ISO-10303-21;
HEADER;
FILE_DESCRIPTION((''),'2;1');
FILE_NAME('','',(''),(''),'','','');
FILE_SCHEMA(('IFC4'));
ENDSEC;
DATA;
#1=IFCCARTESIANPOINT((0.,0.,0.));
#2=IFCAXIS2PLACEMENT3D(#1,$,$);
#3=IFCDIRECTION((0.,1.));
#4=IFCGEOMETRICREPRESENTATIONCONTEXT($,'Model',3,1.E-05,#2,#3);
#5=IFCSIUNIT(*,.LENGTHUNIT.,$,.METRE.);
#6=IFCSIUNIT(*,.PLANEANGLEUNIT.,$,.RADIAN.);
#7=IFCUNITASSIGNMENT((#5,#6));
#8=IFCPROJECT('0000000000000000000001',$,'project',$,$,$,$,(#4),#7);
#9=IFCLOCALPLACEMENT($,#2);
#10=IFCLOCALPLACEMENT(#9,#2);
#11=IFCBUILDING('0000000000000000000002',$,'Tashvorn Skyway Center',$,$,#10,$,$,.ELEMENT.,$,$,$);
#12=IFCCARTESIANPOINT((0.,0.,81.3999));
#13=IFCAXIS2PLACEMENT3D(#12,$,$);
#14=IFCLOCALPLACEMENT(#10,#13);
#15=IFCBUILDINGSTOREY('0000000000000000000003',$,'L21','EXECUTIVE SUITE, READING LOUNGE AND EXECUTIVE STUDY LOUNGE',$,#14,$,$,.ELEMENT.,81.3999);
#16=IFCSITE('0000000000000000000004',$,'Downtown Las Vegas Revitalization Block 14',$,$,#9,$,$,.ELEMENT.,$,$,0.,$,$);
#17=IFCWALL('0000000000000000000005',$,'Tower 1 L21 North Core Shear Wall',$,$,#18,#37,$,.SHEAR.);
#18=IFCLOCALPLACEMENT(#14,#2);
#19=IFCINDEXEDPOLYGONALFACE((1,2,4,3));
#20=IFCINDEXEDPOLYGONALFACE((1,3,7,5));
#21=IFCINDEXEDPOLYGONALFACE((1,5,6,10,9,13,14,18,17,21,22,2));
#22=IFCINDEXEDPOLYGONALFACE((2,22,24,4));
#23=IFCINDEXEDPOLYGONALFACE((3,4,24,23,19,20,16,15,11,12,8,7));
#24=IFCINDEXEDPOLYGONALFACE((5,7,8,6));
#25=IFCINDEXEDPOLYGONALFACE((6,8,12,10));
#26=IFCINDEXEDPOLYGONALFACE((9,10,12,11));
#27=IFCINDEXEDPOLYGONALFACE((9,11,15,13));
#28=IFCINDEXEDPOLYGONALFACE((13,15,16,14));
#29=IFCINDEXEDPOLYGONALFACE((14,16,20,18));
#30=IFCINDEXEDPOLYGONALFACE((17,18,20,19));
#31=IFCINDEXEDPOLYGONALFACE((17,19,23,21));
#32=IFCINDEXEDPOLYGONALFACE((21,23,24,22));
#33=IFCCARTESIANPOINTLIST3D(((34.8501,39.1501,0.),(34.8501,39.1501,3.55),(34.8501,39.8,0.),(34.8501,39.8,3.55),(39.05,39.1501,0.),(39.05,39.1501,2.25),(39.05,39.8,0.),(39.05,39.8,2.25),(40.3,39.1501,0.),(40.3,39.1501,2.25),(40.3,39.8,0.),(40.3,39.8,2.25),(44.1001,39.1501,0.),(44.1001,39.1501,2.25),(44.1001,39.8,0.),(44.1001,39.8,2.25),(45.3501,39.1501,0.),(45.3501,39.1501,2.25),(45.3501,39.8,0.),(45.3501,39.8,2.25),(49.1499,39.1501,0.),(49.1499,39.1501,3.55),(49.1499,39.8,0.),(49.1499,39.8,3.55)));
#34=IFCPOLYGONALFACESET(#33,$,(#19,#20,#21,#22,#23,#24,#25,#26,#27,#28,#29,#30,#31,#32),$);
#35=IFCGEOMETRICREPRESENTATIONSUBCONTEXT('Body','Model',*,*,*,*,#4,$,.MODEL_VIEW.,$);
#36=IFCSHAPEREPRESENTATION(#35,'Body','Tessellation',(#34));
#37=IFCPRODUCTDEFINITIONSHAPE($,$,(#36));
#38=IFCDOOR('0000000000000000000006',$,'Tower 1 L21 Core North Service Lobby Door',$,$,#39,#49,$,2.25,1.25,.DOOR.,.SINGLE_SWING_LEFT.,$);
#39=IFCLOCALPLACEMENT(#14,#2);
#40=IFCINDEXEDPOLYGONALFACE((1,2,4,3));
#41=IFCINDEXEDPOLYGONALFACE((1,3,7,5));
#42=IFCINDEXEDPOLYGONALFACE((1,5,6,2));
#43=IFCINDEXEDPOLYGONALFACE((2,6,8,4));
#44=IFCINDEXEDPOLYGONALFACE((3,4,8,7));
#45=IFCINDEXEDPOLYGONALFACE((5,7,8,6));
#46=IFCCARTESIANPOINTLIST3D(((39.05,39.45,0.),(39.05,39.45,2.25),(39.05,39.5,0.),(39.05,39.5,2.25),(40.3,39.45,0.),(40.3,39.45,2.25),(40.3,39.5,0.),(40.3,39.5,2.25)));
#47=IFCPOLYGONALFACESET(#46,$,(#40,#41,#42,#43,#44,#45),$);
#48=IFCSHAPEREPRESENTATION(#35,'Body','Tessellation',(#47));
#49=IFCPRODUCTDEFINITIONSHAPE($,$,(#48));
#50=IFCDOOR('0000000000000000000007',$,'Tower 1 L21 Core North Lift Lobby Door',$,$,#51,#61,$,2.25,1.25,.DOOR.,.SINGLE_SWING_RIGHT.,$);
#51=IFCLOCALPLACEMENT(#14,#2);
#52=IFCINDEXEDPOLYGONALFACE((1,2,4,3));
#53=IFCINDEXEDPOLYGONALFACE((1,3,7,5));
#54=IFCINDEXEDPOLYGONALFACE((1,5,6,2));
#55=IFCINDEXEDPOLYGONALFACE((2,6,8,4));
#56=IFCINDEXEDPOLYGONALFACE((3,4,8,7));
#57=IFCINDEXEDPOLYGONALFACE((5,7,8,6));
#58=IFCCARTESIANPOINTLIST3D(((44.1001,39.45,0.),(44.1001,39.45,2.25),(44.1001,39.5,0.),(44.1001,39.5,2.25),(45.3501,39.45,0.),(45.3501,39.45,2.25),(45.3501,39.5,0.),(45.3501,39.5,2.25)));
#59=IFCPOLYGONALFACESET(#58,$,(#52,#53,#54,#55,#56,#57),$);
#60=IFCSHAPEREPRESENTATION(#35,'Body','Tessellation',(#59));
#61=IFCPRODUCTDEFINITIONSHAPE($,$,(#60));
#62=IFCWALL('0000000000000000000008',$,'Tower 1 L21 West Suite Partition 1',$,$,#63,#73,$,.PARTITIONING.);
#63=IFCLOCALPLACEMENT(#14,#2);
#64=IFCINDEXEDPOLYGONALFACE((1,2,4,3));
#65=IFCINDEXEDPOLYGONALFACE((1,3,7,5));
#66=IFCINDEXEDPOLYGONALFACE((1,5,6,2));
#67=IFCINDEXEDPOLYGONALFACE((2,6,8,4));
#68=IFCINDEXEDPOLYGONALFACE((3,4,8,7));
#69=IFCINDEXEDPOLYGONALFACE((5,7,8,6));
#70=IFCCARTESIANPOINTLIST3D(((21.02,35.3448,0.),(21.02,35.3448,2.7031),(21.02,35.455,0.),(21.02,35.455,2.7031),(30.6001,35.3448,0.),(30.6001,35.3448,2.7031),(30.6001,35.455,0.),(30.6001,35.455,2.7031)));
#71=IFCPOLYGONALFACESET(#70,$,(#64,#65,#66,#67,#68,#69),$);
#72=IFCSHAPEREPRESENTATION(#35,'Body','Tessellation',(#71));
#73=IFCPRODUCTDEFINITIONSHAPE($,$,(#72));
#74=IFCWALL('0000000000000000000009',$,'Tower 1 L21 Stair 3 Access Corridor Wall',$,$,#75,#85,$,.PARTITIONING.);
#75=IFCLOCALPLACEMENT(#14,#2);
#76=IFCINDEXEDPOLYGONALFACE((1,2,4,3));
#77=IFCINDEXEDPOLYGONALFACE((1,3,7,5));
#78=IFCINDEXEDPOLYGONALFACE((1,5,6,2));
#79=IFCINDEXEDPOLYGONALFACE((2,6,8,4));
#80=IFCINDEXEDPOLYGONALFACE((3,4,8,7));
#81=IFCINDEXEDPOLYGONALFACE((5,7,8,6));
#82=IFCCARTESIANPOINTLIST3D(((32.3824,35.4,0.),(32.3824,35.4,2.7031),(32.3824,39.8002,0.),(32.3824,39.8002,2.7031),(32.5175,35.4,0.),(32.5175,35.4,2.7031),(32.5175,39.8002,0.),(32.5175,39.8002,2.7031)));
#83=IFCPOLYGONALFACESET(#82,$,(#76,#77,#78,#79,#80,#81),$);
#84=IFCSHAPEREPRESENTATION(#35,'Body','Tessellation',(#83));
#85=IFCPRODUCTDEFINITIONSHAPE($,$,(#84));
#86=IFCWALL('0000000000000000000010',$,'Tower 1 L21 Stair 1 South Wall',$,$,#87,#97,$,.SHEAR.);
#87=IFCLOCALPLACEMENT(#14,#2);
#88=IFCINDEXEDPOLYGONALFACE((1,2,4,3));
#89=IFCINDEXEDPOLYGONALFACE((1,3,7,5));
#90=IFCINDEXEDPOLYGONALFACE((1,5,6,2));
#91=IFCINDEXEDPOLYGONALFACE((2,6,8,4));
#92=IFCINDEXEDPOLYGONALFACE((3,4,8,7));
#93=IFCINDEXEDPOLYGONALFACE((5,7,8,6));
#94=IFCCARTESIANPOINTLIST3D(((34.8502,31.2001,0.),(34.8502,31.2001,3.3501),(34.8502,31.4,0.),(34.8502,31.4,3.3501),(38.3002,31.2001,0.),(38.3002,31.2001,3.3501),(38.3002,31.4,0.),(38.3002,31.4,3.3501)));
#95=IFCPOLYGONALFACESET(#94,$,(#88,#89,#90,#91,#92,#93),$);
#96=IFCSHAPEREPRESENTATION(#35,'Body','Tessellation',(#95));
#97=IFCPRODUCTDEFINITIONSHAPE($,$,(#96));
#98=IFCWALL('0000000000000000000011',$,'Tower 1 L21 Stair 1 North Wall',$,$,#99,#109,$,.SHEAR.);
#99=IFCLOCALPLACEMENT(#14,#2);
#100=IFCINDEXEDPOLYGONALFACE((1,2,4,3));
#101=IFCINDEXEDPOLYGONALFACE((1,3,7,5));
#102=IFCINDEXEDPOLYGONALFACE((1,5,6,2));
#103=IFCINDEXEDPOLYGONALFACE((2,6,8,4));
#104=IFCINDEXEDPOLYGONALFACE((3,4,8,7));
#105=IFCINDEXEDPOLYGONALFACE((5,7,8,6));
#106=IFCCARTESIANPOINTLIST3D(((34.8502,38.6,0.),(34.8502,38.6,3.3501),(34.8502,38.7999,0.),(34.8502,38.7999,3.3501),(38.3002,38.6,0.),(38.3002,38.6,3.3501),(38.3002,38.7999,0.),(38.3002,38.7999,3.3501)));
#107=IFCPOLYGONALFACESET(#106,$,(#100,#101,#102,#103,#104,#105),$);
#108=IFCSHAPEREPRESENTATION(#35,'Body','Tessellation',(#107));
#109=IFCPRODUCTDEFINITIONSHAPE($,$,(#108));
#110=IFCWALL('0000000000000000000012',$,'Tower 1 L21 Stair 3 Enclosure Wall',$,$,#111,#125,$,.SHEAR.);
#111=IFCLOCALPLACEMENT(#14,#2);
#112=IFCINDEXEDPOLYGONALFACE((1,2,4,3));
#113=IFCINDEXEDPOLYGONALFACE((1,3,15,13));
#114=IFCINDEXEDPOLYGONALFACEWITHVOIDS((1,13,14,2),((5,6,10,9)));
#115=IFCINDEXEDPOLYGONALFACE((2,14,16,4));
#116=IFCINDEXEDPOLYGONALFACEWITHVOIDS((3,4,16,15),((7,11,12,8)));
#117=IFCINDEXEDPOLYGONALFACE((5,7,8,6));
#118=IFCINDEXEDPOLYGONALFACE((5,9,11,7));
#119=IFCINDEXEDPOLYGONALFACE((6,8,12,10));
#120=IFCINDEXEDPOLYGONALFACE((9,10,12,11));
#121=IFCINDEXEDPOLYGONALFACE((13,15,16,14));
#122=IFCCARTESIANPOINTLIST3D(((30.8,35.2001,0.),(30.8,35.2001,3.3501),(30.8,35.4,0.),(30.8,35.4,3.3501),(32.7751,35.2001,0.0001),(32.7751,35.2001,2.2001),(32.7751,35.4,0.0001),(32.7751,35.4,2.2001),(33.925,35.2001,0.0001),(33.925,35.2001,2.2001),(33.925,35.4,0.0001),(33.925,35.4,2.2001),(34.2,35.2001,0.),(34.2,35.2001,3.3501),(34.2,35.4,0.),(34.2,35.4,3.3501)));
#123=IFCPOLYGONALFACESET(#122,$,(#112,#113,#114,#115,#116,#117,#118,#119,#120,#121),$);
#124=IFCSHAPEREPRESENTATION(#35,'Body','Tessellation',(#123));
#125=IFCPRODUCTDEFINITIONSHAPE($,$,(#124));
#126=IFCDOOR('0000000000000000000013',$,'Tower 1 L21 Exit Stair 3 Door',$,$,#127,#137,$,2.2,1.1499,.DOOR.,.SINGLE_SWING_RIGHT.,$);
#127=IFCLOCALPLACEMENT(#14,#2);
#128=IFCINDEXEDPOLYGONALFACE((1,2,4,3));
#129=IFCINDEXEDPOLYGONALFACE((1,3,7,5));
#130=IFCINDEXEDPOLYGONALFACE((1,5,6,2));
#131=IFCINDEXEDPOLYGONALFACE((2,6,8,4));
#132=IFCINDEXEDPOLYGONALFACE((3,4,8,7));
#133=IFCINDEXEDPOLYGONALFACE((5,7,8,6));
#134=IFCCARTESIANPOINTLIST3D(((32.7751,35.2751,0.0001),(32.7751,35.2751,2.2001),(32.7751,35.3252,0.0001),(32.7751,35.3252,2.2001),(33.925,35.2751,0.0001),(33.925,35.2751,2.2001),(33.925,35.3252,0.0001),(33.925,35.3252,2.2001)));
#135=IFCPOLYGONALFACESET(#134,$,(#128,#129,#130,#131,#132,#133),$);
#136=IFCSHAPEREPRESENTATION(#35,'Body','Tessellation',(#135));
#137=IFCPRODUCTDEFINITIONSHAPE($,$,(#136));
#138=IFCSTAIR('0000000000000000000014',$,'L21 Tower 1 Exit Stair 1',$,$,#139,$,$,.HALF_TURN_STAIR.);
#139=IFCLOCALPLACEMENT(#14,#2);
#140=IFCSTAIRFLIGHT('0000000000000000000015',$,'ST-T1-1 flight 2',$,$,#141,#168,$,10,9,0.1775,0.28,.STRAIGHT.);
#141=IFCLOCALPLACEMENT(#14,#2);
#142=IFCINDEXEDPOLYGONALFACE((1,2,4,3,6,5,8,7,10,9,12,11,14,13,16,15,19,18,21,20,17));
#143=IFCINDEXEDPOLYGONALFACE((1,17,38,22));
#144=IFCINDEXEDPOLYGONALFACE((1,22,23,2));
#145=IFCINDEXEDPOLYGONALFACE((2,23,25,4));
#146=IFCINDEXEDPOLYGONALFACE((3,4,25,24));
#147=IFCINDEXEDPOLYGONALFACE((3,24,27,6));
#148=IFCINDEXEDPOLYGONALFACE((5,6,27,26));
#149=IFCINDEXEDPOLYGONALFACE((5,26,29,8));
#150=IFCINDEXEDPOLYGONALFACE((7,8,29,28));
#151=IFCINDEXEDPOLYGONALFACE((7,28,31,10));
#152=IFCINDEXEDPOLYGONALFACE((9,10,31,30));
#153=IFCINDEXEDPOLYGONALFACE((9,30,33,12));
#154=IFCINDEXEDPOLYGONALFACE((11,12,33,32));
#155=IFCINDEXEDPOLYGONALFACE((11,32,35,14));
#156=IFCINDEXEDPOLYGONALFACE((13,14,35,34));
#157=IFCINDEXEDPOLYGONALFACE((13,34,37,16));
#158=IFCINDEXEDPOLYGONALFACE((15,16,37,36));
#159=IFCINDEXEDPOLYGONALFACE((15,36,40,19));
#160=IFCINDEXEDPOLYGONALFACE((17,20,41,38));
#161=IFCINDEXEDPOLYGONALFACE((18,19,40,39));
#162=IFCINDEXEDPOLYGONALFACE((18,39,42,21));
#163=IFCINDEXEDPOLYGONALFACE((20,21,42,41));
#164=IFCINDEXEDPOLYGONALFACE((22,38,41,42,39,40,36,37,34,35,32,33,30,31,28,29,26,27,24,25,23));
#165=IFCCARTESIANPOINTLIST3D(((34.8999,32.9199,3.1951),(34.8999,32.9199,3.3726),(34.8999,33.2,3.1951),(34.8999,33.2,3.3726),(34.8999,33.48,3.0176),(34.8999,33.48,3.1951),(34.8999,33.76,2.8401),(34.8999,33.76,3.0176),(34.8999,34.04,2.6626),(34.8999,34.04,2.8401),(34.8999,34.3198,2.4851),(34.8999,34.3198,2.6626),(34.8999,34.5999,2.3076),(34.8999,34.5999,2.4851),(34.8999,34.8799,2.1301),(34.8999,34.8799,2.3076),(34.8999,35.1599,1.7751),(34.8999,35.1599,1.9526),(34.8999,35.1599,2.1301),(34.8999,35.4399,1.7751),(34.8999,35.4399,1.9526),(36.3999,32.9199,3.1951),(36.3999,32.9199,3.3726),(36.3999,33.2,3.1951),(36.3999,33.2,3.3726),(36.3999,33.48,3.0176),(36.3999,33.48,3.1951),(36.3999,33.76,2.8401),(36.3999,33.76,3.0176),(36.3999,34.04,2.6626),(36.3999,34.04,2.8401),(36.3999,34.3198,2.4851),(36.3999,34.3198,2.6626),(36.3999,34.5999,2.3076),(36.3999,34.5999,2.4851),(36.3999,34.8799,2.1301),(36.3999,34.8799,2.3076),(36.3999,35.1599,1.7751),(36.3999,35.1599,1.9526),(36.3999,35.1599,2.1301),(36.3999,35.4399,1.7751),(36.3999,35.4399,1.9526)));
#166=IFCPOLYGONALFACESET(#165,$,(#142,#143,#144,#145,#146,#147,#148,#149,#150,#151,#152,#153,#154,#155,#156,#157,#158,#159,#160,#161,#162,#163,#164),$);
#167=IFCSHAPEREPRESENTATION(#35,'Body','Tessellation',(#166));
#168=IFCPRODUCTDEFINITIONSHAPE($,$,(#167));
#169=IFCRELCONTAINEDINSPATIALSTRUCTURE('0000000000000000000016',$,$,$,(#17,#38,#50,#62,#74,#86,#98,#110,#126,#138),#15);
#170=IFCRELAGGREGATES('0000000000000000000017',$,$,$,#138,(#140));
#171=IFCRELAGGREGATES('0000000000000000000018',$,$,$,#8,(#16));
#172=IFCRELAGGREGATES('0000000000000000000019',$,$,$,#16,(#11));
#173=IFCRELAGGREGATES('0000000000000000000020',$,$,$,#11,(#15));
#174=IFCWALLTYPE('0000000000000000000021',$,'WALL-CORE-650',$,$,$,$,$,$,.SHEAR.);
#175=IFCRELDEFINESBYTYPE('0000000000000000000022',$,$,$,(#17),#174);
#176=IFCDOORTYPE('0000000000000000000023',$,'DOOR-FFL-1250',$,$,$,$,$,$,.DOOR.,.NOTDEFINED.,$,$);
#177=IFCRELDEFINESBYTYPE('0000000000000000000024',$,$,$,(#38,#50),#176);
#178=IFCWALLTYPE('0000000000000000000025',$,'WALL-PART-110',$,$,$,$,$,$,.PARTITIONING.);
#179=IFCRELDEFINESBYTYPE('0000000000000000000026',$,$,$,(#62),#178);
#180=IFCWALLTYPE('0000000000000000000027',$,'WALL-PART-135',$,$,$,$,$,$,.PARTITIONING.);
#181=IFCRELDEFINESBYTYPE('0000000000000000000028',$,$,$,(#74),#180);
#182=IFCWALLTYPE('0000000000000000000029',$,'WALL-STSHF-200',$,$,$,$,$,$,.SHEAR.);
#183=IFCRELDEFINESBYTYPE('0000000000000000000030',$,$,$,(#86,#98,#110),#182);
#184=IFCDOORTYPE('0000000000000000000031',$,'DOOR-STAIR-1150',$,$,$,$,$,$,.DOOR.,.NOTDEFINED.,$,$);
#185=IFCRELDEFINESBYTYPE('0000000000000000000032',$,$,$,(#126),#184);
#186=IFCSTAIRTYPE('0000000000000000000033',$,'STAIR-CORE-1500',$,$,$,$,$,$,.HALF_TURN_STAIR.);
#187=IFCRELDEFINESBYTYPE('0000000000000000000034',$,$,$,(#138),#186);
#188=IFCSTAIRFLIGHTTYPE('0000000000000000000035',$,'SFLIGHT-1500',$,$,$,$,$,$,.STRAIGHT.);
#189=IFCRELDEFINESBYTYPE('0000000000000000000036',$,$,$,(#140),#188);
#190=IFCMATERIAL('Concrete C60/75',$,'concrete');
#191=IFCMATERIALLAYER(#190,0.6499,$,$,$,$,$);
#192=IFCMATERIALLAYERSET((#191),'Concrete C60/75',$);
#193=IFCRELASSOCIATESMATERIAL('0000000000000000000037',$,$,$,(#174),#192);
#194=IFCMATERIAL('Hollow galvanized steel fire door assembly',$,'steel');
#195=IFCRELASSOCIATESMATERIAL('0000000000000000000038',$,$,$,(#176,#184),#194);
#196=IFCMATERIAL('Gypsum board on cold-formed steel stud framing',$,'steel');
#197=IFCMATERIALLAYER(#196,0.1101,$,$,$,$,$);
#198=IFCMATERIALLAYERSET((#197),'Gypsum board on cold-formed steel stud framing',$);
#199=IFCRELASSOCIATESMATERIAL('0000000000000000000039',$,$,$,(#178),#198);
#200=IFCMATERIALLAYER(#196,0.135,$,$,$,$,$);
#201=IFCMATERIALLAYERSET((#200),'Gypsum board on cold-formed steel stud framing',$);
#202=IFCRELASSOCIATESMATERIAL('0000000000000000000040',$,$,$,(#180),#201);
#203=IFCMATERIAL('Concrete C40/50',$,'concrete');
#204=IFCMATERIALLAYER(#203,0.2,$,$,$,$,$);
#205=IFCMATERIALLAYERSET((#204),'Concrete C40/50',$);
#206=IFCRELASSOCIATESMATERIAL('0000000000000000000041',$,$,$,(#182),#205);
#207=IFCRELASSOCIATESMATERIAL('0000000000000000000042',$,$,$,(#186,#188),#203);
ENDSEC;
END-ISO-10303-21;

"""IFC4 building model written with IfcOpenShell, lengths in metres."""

from ifc_helpers import new_model, si_unit, direction, frame, frame_2d, origin, place, context, subcontext, project, spatial, polyline, rectangle, outline, extrude, material, layer, layer_set, type_object, element, fill, aggregate, save


model = new_model("IFC4")

# Units and contexts
model_context = context("Model", 3, precision=1e-05, world=origin(), true_north=direction((0.0, 1.0)))
body_context = subcontext(model_context, "Body", "Model", "MODEL_VIEW")
ifc_project = project(units=[si_unit("LENGTHUNIT", "METRE"), si_unit("PLANEANGLEUNIT", "RADIAN")], contexts=[model_context])

# Site, building, storey
site_placement = place(None, origin())
site = spatial("IfcSite", under=ifc_project, at=site_placement, Name="Downtown Las Vegas Revitalization Block 14", CompositionType="ELEMENT", RefElevation=0.0)
building_placement = place(site_placement, origin())
building = spatial("IfcBuilding", under=site, at=building_placement, Name="Tashvorn Skyway Center", CompositionType="ELEMENT")
storey_placement = place(building_placement, frame((0.0, 0.0, 81.3999)))
storey = spatial("IfcBuildingStorey", under=building, at=storey_placement, Name="L21", Description="EXECUTIVE SUITE, READING LOUNGE AND EXECUTIVE STUDY LOUNGE", CompositionType="ELEMENT", Elevation=81.3999)

# Wall, openings, doors
ifc_material_1 = material(Name="Concrete C60/75", Category="concrete")
ifc_layer_1 = layer(ifc_material_1, 0.6499)
ifc_layer_set_1 = layer_set([ifc_layer_1], Name="Concrete C60/75")
wall_type_1 = type_object("IfcWallType", Name="WALL-CORE-650", PredefinedType="SHEAR", material=ifc_layer_set_1)
wall_1_placement = place(storey_placement, frame((34.8501, 39.4751, 0.0), z_axis=(0.0, 0.0, 1.0), x_axis=(1.0, 0.0, 0.0)))
wall_1 = element("IfcWall", 1, at=wall_1_placement, inside=storey, type_object=wall_type_1, Name="Tower 1 L21 North Core Shear Wall", PredefinedType="SHEAR", context=body_context, shape_type="SweptSolid", body=[
    extrude(rectangle(XDim=14.2998, YDim=0.6499, at=frame_2d((7.1499, 0.0))), origin(), (0.0, 0.0, 1.0), 3.55),
])
opening_1_placement = place(wall_1_placement, frame((4.2, 0.0, 0.0)))
opening_1 = element("IfcOpeningElement", 2, at=opening_1_placement, cuts=wall_1, PredefinedType="OPENING", context=body_context, shape_type="SweptSolid", body=[
    extrude(rectangle(XDim=1.25, YDim=2.25, at=frame_2d((0.625, 1.125))), frame((0.0, 0.335, 0.0), z_axis=(0.0, -1.0, 0.0), x_axis=(1.0, 0.0, 0.0)), (0.0, 0.0, 1.0), 0.6699),
])
opening_2_placement = place(wall_1_placement, frame((9.25, 0.0, 0.0)))
opening_2 = element("IfcOpeningElement", 3, at=opening_2_placement, cuts=wall_1, PredefinedType="OPENING", context=body_context, shape_type="SweptSolid", body=[
    extrude(rectangle(XDim=1.25, YDim=2.25, at=frame_2d((0.625, 1.125))), frame((0.0, 0.335, 0.0), z_axis=(0.0, -1.0, 0.0), x_axis=(1.0, 0.0, 0.0)), (0.0, 0.0, 1.0), 0.6699),
])
ifc_material_2 = material(Name="Hollow galvanized steel fire door assembly", Category="steel")
door_type_1 = type_object("IfcDoorType", Name="DOOR-FFL-1250", OperationType="NOTDEFINED", PredefinedType="DOOR", material=ifc_material_2)
door_1_placement = place(opening_1_placement, origin())
door_1 = element("IfcDoor", 4, at=door_1_placement, inside=storey, type_object=door_type_1, Name="Tower 1 L21 Core North Service Lobby Door", OperationType="SINGLE_SWING_LEFT", OverallHeight=2.25, OverallWidth=1.25, PredefinedType="DOOR", context=body_context, shape_type="SweptSolid", body=[
    extrude(rectangle(XDim=1.25, YDim=2.25, at=frame_2d((0.625, 1.125))), frame((0.0, 0.0249, 0.0), z_axis=(0.0, -1.0, 0.0), x_axis=(1.0, 0.0, 0.0)), (0.0, 0.0, 1.0), 0.05),
])
fill(opening_1, door_1)
door_2_placement = place(opening_2_placement, origin())
door_2 = element("IfcDoor", 5, at=door_2_placement, inside=storey, type_object=door_type_1, Name="Tower 1 L21 Core North Lift Lobby Door", OperationType="SINGLE_SWING_RIGHT", OverallHeight=2.25, OverallWidth=1.25, PredefinedType="DOOR", context=body_context, shape_type="SweptSolid", body=[
    extrude(rectangle(XDim=1.25, YDim=2.25, at=frame_2d((0.625, 1.125))), frame((0.0, 0.0249, 0.0), z_axis=(0.0, -1.0, 0.0), x_axis=(1.0, 0.0, 0.0)), (0.0, 0.0, 1.0), 0.05),
])
fill(opening_2, door_2)

# Walls
ifc_material_3 = material(Name="Gypsum board on cold-formed steel stud framing", Category="steel")
ifc_layer_2 = layer(ifc_material_3, 0.1101)
ifc_layer_set_2 = layer_set([ifc_layer_2], Name="Gypsum board on cold-formed steel stud framing")
wall_type_2 = type_object("IfcWallType", Name="WALL-PART-110", PredefinedType="PARTITIONING", material=ifc_layer_set_2)
wall_2_placement = place(storey_placement, frame((30.6001, 35.3999, 0.0), z_axis=(0.0, 0.0, 1.0), x_axis=(-1.0, 0.0, 0.0)))
element("IfcWall", 6, at=wall_2_placement, inside=storey, type_object=wall_type_2, Name="Tower 1 L21 West Suite Partition 1", PredefinedType="PARTITIONING", context=body_context, shape_type="SweptSolid", body=[
    extrude(rectangle(XDim=9.5801, YDim=0.1101, at=frame_2d((4.79, 0.0))), origin(), (0.0, 0.0, 1.0), 2.7031),
])
ifc_layer_3 = layer(ifc_material_3, 0.135)
ifc_layer_set_3 = layer_set([ifc_layer_3], Name="Gypsum board on cold-formed steel stud framing")
wall_type_3 = type_object("IfcWallType", Name="WALL-PART-135", PredefinedType="PARTITIONING", material=ifc_layer_set_3)
wall_3_placement = place(storey_placement, frame((32.45, 35.3999, 0.0), z_axis=(0.0, 0.0, 1.0), x_axis=(0.0, 1.0, 0.0)))
element("IfcWall", 7, at=wall_3_placement, inside=storey, type_object=wall_type_3, Name="Tower 1 L21 Stair 3 Access Corridor Wall", PredefinedType="PARTITIONING", context=body_context, shape_type="SweptSolid", body=[
    extrude(rectangle(XDim=4.4001, YDim=0.135, at=frame_2d((2.2002, 0.0))), origin(), (0.0, 0.0, 1.0), 2.7031),
])
ifc_material_4 = material(Name="Concrete C40/50", Category="concrete")
ifc_layer_4 = layer(ifc_material_4, 0.2)
ifc_layer_set_4 = layer_set([ifc_layer_4], Name="Concrete C40/50")
wall_type_4 = type_object("IfcWallType", Name="WALL-STSHF-200", PredefinedType="SHEAR", material=ifc_layer_set_4)
for number, where, z_axis, x_axis, name in (
    (8, (34.8501, 31.3, 0.0), (0.0, 0.0, 1.0), (1.0, 0.0, 0.0), "Tower 1 L21 Stair 1 South Wall"),
    (9, (34.8501, 38.7, 0.0), (0.0, 0.0, 1.0), (1.0, 0.0, 0.0), "Tower 1 L21 Stair 1 North Wall"),
):
    element("IfcWall", number, at=place(storey_placement, frame(where, z_axis=z_axis, x_axis=x_axis)), inside=storey, type_object=wall_type_4, Name=name, PredefinedType="SHEAR", context=body_context, shape_type="SweptSolid", body=[
        extrude(rectangle(XDim=3.45, YDim=0.2, at=frame_2d((1.7251, 0.0))), origin(), (0.0, 0.0, 1.0), 3.3501),
    ])

# Wall, opening, door
wall_4_placement = place(storey_placement, frame((34.2, 35.3, 0.0), z_axis=(0.0, 0.0, 1.0), x_axis=(-1.0, 0.0, 0.0)))
wall_4 = element("IfcWall", 10, at=wall_4_placement, inside=storey, type_object=wall_type_4, Name="Tower 1 L21 Stair 3 Enclosure Wall", PredefinedType="SHEAR", context=body_context, shape_type="SweptSolid", body=[
    extrude(rectangle(XDim=3.3999, YDim=0.2, at=frame_2d((1.7, 0.0))), origin(), (0.0, 0.0, 1.0), 3.3501),
])
opening_3_placement = place(wall_4_placement, frame((0.2749, 0.0, 0.0)))
opening_3 = element("IfcOpeningElement", 11, at=opening_3_placement, cuts=wall_4, PredefinedType="OPENING", context=body_context, shape_type="SweptSolid", body=[
    extrude(rectangle(XDim=1.1499, YDim=2.2, at=frame_2d((0.575, 1.1001))), frame((0.0, 0.1099, 0.0), z_axis=(0.0, -1.0, 0.0), x_axis=(1.0, 0.0, 0.0)), (0.0, 0.0, 1.0), 0.22),
])
door_type_2 = type_object("IfcDoorType", Name="DOOR-STAIR-1150", OperationType="NOTDEFINED", PredefinedType="DOOR", material=ifc_material_2)
door_3_placement = place(opening_3_placement, origin())
door_3 = element("IfcDoor", 12, at=door_3_placement, inside=storey, type_object=door_type_2, Name="Tower 1 L21 Exit Stair 3 Door", OperationType="SINGLE_SWING_RIGHT", OverallHeight=2.2, OverallWidth=1.1499, PredefinedType="DOOR", context=body_context, shape_type="SweptSolid", body=[
    extrude(rectangle(XDim=1.1499, YDim=2.2, at=frame_2d((0.575, 1.1001))), frame((0.0, 0.0249, 0.0), z_axis=(0.0, -1.0, 0.0), x_axis=(1.0, 0.0, 0.0)), (0.0, 0.0, 1.0), 0.05),
])
fill(opening_3, door_3)

# Stair, stair flight
stair_type = type_object("IfcStairType", Name="STAIR-CORE-1500", PredefinedType="HALF_TURN_STAIR", material=ifc_material_4)
stair_1_placement = place(storey_placement, origin())
stair_1 = element("IfcStair", 13, at=stair_1_placement, inside=storey, type_object=stair_type, Name="L21 Tower 1 Exit Stair 1", PredefinedType="HALF_TURN_STAIR")
stair_flight_type = type_object("IfcStairFlightType", Name="SFLIGHT-1500", PredefinedType="STRAIGHT", material=ifc_material_4)
stair_flight_1_placement = place(storey_placement, frame((35.6499, 35.4399, 1.7751), z_axis=(0.0, 0.0, 1.0), x_axis=(0.0, -1.0, 0.0)))
stair_flight_1 = element("IfcStairFlight", 14, at=stair_flight_1_placement, type_object=stair_flight_type, Name="ST-T1-1 flight 2", NumberOfRisers=10, NumberOfTreads=9, PredefinedType="STRAIGHT", RiserHeight=0.1775, TreadLength=0.28, context=body_context, shape_type="SweptSolid", body=[
    extrude(outline(polyline([(0.0, 0.0), (0.0, 0.1775), (0.28, 0.1775), (0.28, 0.355), (0.5601, 0.355), (0.5601, 0.5325), (0.8401, 0.5325), (0.8401, 0.71), (1.1201, 0.71), (1.1201, 0.8875), (1.3999, 0.8875), (1.3999, 1.0649), (1.6799, 1.0649), (1.6799, 1.2424), (1.96, 1.2424), (1.96, 1.4199), (2.24, 1.4199), (2.24, 1.5974), (2.52, 1.5974), (2.52, 1.7749), (2.52, 1.4199), (0.28, 0.0), (0.0, 0.0)])), frame((0.0, 0.75, 0.0), z_axis=(0.0, -1.0, 0.0), x_axis=(1.0, 0.0, 0.0)), (0.0, 0.0, 1.0), 1.5),
])
aggregate(stair_1, [stair_flight_1])

save(model, "model.ifc")
